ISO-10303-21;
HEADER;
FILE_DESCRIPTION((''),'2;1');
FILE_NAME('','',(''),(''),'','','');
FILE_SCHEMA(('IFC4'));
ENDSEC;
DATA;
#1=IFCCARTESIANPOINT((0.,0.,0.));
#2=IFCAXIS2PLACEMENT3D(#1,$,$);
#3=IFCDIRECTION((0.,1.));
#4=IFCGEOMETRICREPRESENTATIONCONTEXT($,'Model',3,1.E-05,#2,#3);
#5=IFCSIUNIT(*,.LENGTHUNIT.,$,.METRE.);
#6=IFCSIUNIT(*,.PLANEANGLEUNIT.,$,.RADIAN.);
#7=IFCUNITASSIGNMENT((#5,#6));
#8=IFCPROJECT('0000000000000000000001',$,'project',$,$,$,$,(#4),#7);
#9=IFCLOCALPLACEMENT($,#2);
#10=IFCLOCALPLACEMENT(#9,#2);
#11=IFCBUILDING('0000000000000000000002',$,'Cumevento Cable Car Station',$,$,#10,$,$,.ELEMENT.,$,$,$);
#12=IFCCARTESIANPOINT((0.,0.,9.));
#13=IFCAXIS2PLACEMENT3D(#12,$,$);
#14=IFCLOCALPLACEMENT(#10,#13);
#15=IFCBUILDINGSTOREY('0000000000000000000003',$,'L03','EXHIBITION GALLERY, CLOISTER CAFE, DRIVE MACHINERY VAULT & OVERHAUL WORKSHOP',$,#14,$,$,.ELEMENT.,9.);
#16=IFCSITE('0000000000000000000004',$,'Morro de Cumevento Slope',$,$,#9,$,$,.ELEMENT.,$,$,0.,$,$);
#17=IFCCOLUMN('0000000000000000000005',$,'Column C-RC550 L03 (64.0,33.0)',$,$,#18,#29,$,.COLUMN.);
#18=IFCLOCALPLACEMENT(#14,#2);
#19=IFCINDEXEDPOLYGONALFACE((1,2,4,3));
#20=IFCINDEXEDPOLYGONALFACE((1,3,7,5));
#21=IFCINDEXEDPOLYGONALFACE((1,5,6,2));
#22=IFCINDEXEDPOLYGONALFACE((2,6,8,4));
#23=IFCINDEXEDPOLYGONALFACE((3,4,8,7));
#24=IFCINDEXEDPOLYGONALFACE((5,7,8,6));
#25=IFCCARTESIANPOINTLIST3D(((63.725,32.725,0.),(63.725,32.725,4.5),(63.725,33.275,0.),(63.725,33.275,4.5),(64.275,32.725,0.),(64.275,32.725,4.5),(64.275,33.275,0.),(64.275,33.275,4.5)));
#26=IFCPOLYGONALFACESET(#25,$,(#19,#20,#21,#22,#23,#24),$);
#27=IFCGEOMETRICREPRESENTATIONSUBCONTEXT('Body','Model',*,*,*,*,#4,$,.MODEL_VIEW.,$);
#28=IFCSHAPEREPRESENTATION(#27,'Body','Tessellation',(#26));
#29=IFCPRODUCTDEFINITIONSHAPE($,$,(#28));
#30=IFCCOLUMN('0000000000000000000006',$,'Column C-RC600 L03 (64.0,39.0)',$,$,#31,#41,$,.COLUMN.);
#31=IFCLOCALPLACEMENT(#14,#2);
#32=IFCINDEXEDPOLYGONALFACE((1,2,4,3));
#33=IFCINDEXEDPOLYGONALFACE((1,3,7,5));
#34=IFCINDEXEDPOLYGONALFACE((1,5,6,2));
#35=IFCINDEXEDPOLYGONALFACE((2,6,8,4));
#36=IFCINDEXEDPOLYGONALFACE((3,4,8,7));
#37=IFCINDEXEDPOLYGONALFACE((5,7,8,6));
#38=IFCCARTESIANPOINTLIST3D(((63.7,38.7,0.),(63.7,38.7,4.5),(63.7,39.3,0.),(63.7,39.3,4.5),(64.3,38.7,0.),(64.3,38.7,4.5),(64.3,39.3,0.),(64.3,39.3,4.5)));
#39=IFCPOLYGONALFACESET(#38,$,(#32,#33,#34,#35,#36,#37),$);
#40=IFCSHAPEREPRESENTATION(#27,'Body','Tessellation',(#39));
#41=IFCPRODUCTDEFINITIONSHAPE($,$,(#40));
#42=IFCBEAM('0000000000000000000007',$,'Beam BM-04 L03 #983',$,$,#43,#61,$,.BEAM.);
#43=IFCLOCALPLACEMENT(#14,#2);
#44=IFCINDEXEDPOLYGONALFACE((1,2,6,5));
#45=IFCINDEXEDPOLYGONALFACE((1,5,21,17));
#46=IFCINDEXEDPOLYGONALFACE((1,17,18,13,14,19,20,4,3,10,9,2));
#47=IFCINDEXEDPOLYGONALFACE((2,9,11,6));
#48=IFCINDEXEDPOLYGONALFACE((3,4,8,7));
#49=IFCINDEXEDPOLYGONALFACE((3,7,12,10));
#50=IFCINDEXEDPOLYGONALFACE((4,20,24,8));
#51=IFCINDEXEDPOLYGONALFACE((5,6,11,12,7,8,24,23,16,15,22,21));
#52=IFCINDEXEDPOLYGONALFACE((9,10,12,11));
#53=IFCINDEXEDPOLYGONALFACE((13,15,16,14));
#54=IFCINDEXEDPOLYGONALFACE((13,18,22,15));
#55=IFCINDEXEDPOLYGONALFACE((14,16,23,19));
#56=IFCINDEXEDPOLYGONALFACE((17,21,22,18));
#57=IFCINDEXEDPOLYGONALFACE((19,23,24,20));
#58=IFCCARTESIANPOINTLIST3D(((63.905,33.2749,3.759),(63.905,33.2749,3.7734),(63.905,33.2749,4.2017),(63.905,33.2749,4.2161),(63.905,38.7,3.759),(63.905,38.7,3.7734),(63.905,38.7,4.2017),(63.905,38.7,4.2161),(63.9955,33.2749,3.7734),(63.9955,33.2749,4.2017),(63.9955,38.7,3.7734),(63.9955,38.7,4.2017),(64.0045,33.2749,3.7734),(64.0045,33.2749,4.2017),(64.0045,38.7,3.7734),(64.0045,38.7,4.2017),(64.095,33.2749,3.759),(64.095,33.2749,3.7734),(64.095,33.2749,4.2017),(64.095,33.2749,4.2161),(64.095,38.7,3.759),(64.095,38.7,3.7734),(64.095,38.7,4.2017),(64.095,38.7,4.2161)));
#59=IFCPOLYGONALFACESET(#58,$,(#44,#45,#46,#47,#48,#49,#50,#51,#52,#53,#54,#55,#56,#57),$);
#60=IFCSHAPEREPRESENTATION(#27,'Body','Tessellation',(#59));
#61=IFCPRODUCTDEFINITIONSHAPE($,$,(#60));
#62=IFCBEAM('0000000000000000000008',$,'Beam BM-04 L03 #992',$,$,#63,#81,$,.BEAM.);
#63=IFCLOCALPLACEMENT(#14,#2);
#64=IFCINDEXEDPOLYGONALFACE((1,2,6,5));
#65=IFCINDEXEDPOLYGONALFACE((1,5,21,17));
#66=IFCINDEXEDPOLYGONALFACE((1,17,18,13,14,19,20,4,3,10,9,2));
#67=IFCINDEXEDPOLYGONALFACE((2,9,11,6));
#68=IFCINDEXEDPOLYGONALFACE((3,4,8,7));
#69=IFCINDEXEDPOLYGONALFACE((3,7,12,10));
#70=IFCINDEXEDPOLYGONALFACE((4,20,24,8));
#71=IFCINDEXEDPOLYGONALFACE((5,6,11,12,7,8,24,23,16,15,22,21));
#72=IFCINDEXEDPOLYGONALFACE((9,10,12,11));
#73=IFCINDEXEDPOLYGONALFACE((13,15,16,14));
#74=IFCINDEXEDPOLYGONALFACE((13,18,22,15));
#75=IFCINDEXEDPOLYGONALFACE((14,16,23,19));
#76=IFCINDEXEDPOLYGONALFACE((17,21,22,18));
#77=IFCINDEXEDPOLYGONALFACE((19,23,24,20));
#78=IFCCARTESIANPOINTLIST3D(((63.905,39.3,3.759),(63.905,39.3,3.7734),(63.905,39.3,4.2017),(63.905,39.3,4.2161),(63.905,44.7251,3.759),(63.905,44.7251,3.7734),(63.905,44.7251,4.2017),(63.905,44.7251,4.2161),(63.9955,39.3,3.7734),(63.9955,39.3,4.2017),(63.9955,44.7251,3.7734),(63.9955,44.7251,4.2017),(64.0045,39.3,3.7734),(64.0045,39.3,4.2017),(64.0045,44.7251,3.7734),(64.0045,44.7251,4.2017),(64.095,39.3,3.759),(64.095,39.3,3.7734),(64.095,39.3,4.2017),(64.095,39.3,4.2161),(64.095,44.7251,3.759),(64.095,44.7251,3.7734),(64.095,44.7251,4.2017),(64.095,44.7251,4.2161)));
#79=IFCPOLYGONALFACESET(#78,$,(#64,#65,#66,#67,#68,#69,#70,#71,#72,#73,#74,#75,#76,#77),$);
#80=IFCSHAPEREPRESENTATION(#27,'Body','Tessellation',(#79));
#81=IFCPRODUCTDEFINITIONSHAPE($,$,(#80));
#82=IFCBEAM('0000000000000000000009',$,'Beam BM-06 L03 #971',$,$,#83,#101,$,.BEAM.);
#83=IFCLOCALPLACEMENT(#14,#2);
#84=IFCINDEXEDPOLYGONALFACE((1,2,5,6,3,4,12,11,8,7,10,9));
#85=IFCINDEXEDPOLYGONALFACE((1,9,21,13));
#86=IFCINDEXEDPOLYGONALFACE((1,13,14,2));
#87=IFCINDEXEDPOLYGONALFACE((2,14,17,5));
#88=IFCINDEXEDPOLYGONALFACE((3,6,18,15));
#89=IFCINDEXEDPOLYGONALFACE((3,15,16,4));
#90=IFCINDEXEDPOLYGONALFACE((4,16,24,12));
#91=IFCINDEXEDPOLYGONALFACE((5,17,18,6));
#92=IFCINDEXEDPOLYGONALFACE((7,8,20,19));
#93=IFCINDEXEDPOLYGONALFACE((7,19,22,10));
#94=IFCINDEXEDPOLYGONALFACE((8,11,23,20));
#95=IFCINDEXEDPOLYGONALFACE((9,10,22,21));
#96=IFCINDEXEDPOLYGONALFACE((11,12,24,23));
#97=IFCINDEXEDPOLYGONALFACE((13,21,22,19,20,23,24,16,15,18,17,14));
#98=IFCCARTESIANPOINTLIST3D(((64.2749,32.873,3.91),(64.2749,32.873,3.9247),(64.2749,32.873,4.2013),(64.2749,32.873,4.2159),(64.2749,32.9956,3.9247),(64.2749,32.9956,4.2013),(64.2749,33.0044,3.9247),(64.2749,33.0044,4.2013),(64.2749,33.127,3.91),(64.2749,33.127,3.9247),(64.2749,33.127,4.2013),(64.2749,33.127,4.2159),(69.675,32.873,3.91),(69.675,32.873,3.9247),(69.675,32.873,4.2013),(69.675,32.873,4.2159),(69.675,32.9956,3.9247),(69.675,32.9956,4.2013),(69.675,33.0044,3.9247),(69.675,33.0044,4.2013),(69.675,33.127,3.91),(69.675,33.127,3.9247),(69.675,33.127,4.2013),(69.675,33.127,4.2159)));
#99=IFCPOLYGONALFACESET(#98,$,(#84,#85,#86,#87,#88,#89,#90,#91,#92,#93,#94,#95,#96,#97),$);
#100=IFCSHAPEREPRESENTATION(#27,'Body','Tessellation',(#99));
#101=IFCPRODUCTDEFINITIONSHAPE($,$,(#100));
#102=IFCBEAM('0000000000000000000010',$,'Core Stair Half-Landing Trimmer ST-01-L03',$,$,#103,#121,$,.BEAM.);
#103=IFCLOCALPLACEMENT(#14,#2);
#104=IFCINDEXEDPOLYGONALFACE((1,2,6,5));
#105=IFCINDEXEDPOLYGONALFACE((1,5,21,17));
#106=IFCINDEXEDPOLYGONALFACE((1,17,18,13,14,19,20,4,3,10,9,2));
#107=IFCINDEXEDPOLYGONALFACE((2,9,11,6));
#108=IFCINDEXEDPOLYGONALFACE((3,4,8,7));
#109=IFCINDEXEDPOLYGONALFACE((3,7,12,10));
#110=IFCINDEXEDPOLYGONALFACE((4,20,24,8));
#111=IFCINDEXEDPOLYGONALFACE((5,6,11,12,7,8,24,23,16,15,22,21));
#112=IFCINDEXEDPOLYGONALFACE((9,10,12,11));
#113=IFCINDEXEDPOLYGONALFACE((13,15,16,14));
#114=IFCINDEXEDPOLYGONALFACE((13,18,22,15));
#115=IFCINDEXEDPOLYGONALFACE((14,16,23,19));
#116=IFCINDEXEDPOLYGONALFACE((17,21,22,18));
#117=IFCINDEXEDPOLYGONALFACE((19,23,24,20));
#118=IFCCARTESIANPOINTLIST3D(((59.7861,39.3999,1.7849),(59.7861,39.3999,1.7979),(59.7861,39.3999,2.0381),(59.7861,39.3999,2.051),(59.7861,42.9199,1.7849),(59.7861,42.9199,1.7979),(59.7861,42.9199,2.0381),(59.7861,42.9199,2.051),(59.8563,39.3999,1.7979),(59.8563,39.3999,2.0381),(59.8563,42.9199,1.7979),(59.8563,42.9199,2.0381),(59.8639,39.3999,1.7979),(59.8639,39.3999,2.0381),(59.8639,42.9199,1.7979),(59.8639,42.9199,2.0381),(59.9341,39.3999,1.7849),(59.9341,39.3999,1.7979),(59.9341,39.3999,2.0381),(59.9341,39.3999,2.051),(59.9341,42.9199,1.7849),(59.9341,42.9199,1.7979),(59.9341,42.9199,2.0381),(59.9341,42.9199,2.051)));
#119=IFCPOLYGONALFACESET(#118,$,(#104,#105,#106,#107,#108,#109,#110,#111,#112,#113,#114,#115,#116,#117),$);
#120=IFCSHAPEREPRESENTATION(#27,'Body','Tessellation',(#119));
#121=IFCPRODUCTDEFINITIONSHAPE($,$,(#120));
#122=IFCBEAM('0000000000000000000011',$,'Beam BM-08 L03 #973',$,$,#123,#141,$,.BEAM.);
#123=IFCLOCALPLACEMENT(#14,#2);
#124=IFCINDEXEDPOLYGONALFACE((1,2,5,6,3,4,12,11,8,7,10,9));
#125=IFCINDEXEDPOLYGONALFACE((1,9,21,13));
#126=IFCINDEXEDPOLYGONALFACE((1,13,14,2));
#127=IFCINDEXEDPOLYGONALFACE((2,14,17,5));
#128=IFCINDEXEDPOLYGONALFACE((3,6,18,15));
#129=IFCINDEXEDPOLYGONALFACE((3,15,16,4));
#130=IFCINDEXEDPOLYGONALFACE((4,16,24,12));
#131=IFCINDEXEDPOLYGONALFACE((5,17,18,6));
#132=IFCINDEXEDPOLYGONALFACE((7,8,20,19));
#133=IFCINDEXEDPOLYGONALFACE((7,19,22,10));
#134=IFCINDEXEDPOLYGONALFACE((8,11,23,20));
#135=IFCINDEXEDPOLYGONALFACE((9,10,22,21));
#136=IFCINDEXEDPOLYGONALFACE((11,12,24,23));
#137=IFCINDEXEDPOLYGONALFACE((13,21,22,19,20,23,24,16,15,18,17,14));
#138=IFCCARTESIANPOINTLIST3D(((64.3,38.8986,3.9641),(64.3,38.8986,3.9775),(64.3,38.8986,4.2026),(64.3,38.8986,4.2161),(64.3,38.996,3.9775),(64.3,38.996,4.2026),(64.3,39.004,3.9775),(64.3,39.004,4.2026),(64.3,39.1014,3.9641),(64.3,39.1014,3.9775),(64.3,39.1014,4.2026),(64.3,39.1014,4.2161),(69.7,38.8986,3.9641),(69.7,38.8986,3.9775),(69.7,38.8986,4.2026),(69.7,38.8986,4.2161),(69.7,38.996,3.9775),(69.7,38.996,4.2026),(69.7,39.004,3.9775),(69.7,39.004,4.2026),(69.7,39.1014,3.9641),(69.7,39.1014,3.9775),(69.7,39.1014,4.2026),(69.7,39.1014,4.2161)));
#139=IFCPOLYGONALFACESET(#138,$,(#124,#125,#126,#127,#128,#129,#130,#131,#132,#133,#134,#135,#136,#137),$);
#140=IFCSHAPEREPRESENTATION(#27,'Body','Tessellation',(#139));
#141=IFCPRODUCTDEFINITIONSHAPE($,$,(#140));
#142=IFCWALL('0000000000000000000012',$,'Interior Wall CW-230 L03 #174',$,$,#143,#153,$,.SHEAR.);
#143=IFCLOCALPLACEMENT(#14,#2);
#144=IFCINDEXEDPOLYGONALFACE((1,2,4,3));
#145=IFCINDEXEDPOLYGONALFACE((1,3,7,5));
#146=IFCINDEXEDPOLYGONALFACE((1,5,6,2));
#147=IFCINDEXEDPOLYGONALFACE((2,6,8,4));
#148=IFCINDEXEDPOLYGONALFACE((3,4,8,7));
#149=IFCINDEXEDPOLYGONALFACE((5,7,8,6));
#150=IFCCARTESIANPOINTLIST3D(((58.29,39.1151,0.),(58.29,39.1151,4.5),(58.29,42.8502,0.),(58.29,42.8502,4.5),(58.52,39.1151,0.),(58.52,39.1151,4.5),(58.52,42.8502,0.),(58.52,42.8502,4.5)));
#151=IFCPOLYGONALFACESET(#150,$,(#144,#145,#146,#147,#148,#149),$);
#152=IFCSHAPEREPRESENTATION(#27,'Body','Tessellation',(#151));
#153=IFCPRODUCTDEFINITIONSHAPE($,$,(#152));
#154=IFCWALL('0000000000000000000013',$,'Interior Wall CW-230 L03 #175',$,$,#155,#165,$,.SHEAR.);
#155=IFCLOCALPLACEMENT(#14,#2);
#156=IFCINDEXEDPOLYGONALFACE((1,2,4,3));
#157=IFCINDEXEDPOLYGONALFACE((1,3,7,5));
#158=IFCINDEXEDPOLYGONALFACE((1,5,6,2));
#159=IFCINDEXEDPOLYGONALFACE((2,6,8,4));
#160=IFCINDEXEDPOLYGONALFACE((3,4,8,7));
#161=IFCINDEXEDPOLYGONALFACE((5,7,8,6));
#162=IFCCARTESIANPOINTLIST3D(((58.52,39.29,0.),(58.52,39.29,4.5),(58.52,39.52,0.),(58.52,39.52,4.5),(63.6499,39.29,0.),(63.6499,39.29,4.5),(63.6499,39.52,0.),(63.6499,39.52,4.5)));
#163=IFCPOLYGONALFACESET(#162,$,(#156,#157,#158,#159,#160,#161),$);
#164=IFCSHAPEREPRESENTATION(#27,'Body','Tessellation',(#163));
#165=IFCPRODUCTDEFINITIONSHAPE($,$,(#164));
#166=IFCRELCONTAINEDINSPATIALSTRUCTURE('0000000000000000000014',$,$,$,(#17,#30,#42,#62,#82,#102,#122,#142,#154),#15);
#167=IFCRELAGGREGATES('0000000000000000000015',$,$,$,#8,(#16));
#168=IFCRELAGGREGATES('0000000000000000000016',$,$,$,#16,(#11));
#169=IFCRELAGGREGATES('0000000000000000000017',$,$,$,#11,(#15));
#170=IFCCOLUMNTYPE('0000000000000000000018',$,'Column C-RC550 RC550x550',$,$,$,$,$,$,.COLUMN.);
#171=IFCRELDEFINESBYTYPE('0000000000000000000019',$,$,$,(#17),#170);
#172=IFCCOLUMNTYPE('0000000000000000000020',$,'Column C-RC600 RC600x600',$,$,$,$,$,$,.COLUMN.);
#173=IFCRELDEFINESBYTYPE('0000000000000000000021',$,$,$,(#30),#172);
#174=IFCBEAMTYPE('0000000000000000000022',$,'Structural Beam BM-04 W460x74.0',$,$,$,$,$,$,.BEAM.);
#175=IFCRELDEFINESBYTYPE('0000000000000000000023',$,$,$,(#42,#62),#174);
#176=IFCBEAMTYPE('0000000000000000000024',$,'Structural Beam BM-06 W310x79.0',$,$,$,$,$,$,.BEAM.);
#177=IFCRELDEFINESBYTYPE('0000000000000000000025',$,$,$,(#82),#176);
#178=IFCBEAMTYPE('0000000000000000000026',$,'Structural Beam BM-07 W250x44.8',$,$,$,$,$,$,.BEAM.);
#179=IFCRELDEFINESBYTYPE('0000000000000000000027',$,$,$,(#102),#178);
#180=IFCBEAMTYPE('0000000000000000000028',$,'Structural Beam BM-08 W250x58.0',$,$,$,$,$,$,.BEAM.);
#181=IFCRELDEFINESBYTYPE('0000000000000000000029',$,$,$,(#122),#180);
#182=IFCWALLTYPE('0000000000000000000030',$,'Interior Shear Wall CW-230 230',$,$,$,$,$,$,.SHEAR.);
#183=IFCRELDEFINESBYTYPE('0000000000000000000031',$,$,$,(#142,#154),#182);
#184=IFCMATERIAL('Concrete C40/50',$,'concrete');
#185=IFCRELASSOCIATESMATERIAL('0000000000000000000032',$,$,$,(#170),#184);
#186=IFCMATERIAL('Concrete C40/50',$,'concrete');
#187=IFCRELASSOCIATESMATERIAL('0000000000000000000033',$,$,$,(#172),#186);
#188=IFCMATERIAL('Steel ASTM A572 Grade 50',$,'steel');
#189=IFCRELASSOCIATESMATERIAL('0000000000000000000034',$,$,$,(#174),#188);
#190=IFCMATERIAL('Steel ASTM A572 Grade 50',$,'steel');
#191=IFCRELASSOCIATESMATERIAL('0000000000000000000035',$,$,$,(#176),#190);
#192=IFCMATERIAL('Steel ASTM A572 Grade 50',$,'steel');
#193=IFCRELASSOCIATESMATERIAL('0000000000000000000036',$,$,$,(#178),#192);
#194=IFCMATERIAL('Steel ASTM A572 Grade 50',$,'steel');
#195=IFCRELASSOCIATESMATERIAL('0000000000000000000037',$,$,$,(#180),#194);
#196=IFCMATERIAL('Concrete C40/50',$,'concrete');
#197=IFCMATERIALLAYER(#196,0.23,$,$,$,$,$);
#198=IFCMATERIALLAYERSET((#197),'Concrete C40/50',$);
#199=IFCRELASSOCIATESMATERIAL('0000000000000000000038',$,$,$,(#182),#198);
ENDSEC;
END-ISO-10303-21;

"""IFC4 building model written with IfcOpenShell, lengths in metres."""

from ifc_helpers import new_model, si_unit, direction, frame, frame_2d, origin, origin_2d, place, context, subcontext, project, spatial, rectangle, i_section, extrude, material, layer, layer_set, material_profile, profile_set, type_object, element, save


model = new_model("IFC4")

# Units and contexts
model_context = context("Model", 3, precision=1e-05, world=origin(), true_north=direction((0.0, 1.0)))
body_context = subcontext(model_context, "Body", "Model", "MODEL_VIEW")
ifc_project = project(units=[si_unit("LENGTHUNIT", "METRE"), si_unit("PLANEANGLEUNIT", "RADIAN")], contexts=[model_context])

# Site, building, storey
site_placement = place(None, origin())
site = spatial("IfcSite", under=ifc_project, at=site_placement, Name="Morro de Cumevento Slope", CompositionType="ELEMENT", RefElevation=0.0)
building_placement = place(site_placement, origin())
building = spatial("IfcBuilding", under=site, at=building_placement, Name="Cumevento Cable Car Station", CompositionType="ELEMENT")
storey_placement = place(building_placement, frame((0.0, 0.0, 9.0)))
storey = spatial("IfcBuildingStorey", under=building, at=storey_placement, Name="L03", Description="EXHIBITION GALLERY, CLOISTER CAFE, DRIVE MACHINERY VAULT & OVERHAUL WORKSHOP", CompositionType="ELEMENT", Elevation=9.0)

# Columns
ifc_material_1 = material(Name="Concrete C40/50", Category="concrete")
ifc_material_profile_1 = material_profile(ifc_material_1, rectangle(XDim=0.55, YDim=0.55, at=origin_2d()), Name="RC550x550")
ifc_profile_set_1 = profile_set([ifc_material_profile_1], Name="Concrete C40/50")
column_type_1 = type_object("IfcColumnType", Name="Column C-RC550 RC550x550", PredefinedType="COLUMN", material=ifc_profile_set_1)
column_1_placement = place(storey_placement, frame((64.0, 33.0, 0.0), z_axis=(0.0, 0.0, 1.0), x_axis=(1.0, 0.0, 0.0)))
element("IfcColumn", 1, at=column_1_placement, inside=storey, type_object=column_type_1, Name="Column C-RC550 L03 (64.0,33.0)", PredefinedType="COLUMN", context=body_context, shape_type="SweptSolid", body=[
    extrude(rectangle(XDim=0.55, YDim=0.55, at=origin_2d()), origin(), (0.0, 0.0, 1.0), 4.5),
])
ifc_material_2 = material(Name="Concrete C40/50", Category="concrete")
ifc_material_profile_2 = material_profile(ifc_material_2, rectangle(XDim=0.6001, YDim=0.6001, at=origin_2d()), Name="RC600x600")
ifc_profile_set_2 = profile_set([ifc_material_profile_2], Name="Concrete C40/50")
column_type_2 = type_object("IfcColumnType", Name="Column C-RC600 RC600x600", PredefinedType="COLUMN", material=ifc_profile_set_2)
column_2_placement = place(storey_placement, frame((64.0, 39.0, 0.0), z_axis=(0.0, 0.0, 1.0), x_axis=(1.0, 0.0, 0.0)))
element("IfcColumn", 2, at=column_2_placement, inside=storey, type_object=column_type_2, Name="Column C-RC600 L03 (64.0,39.0)", PredefinedType="COLUMN", context=body_context, shape_type="SweptSolid", body=[
    extrude(rectangle(XDim=0.6001, YDim=0.6001, at=origin_2d()), origin(), (0.0, 0.0, 1.0), 4.5),
])

# Beams
ifc_material_3 = material(Name="Steel ASTM A572 Grade 50", Category="steel")
ifc_material_profile_3 = material_profile(ifc_material_3, i_section(OverallWidth=0.1899, OverallDepth=0.457, WebThickness=0.009, FlangeThickness=0.0144, at=origin_2d()), Name="W460x74.0")
ifc_profile_set_3 = profile_set([ifc_material_profile_3], Name="Steel ASTM A572 Grade 50")
beam_type_1 = type_object("IfcBeamType", Name="Structural Beam BM-04 W460x74.0", PredefinedType="BEAM", material=ifc_profile_set_3)
for number, where, z_axis, x_axis, name in (
    (3, (64.0, 33.2749, 3.9875), (0.0, 1.0, 0.0), (-1.0, 0.0, 0.0), "Beam BM-04 L03 #983"),
    (4, (64.0, 39.3, 3.9875), (0.0, 1.0, 0.0), (-1.0, 0.0, 0.0), "Beam BM-04 L03 #992"),
):
    element("IfcBeam", number, at=place(storey_placement, frame(where, z_axis=z_axis, x_axis=x_axis)), inside=storey, type_object=beam_type_1, Name=name, PredefinedType="BEAM", context=body_context, shape_type="SweptSolid", body=[
        extrude(i_section(OverallWidth=0.1899, OverallDepth=0.457, WebThickness=0.009, FlangeThickness=0.0144, at=origin_2d()), origin(), (0.0, 0.0, 1.0), 5.425),
    ])
ifc_material_4 = material(Name="Steel ASTM A572 Grade 50", Category="steel")
ifc_material_profile_4 = material_profile(ifc_material_4, i_section(OverallWidth=0.2539, OverallDepth=0.3059, WebThickness=0.0088, FlangeThickness=0.0146, at=origin_2d()), Name="W310x79.0")
ifc_profile_set_4 = profile_set([ifc_material_profile_4], Name="Steel ASTM A572 Grade 50")
beam_type_2 = type_object("IfcBeamType", Name="Structural Beam BM-06 W310x79.0", PredefinedType="BEAM", material=ifc_profile_set_4)
beam_1_placement = place(storey_placement, frame((64.2749, 33.0, 4.063), z_axis=(1.0, 0.0, 0.0), x_axis=(0.0, 1.0, 0.0)))
element("IfcBeam", 5, at=beam_1_placement, inside=storey, type_object=beam_type_2, Name="Beam BM-06 L03 #971", PredefinedType="BEAM", context=body_context, shape_type="SweptSolid", body=[
    extrude(i_section(OverallWidth=0.2539, OverallDepth=0.3059, WebThickness=0.0088, FlangeThickness=0.0146, at=origin_2d()), origin(), (0.0, 0.0, 1.0), 5.4001),
])
ifc_material_5 = material(Name="Steel ASTM A572 Grade 50", Category="steel")
ifc_material_profile_5 = material_profile(ifc_material_5, i_section(OverallWidth=0.1479, OverallDepth=0.2661, WebThickness=0.0076, FlangeThickness=0.0129, at=origin_2d()), Name="W250x44.8")
ifc_profile_set_5 = profile_set([ifc_material_profile_5], Name="Steel ASTM A572 Grade 50")
beam_type_3 = type_object("IfcBeamType", Name="Structural Beam BM-07 W250x44.8", PredefinedType="BEAM", material=ifc_profile_set_5)
beam_2_placement = place(storey_placement, frame((59.8601, 39.3999, 1.918), z_axis=(0.0, 1.0, 0.0), x_axis=(-1.0, 0.0, 0.0)))
element("IfcBeam", 6, at=beam_2_placement, inside=storey, type_object=beam_type_3, Name="Core Stair Half-Landing Trimmer ST-01-L03", PredefinedType="BEAM", context=body_context, shape_type="SweptSolid", body=[
    extrude(i_section(OverallWidth=0.1479, OverallDepth=0.2661, WebThickness=0.0076, FlangeThickness=0.0129, at=origin_2d()), origin(), (0.0, 0.0, 1.0), 3.52),
])
ifc_material_6 = material(Name="Steel ASTM A572 Grade 50", Category="steel")
ifc_material_profile_6 = material_profile(ifc_material_6, i_section(OverallWidth=0.2029, OverallDepth=0.252, WebThickness=0.0081, FlangeThickness=0.0134, at=origin_2d()), Name="W250x58.0")
ifc_profile_set_6 = profile_set([ifc_material_profile_6], Name="Steel ASTM A572 Grade 50")
beam_type_4 = type_object("IfcBeamType", Name="Structural Beam BM-08 W250x58.0", PredefinedType="BEAM", material=ifc_profile_set_6)
beam_3_placement = place(storey_placement, frame((64.3, 39.0, 4.0901), z_axis=(1.0, 0.0, 0.0), x_axis=(0.0, 1.0, 0.0)))
element("IfcBeam", 7, at=beam_3_placement, inside=storey, type_object=beam_type_4, Name="Beam BM-08 L03 #973", PredefinedType="BEAM", context=body_context, shape_type="SweptSolid", body=[
    extrude(i_section(OverallWidth=0.2029, OverallDepth=0.252, WebThickness=0.0081, FlangeThickness=0.0134, at=origin_2d()), origin(), (0.0, 0.0, 1.0), 5.3999),
])

# Walls
ifc_material_7 = material(Name="Concrete C40/50", Category="concrete")
ifc_layer_1 = layer(ifc_material_7, 0.23)
ifc_layer_set_1 = layer_set([ifc_layer_1], Name="Concrete C40/50")
wall_type_1 = type_object("IfcWallType", Name="Interior Shear Wall CW-230 230", PredefinedType="SHEAR", material=ifc_layer_set_1)
wall_1_placement = place(storey_placement, frame((58.405, 39.115, 0.0), z_axis=(0.0, 0.0, 1.0), x_axis=(0.0, 1.0, 0.0)))
element("IfcWall", 8, at=wall_1_placement, inside=storey, type_object=wall_type_1, Name="Interior Wall CW-230 L03 #174", PredefinedType="SHEAR", context=body_context, shape_type="SweptSolid", body=[
    extrude(rectangle(XDim=3.7351, YDim=0.23, at=frame_2d((1.8677, 0.0))), origin(), (0.0, 0.0, 1.0), 4.5),
])
wall_2_placement = place(storey_placement, frame((58.52, 39.405, 0.0), z_axis=(0.0, 0.0, 1.0), x_axis=(1.0, 0.0, 0.0)))
element("IfcWall", 9, at=wall_2_placement, inside=storey, type_object=wall_type_1, Name="Interior Wall CW-230 L03 #175", PredefinedType="SHEAR", context=body_context, shape_type="SweptSolid", body=[
    extrude(rectangle(XDim=5.1299, YDim=0.23, at=frame_2d((2.5649, 0.0))), origin(), (0.0, 0.0, 1.0), 4.5),
])

save(model, "model.ifc")
